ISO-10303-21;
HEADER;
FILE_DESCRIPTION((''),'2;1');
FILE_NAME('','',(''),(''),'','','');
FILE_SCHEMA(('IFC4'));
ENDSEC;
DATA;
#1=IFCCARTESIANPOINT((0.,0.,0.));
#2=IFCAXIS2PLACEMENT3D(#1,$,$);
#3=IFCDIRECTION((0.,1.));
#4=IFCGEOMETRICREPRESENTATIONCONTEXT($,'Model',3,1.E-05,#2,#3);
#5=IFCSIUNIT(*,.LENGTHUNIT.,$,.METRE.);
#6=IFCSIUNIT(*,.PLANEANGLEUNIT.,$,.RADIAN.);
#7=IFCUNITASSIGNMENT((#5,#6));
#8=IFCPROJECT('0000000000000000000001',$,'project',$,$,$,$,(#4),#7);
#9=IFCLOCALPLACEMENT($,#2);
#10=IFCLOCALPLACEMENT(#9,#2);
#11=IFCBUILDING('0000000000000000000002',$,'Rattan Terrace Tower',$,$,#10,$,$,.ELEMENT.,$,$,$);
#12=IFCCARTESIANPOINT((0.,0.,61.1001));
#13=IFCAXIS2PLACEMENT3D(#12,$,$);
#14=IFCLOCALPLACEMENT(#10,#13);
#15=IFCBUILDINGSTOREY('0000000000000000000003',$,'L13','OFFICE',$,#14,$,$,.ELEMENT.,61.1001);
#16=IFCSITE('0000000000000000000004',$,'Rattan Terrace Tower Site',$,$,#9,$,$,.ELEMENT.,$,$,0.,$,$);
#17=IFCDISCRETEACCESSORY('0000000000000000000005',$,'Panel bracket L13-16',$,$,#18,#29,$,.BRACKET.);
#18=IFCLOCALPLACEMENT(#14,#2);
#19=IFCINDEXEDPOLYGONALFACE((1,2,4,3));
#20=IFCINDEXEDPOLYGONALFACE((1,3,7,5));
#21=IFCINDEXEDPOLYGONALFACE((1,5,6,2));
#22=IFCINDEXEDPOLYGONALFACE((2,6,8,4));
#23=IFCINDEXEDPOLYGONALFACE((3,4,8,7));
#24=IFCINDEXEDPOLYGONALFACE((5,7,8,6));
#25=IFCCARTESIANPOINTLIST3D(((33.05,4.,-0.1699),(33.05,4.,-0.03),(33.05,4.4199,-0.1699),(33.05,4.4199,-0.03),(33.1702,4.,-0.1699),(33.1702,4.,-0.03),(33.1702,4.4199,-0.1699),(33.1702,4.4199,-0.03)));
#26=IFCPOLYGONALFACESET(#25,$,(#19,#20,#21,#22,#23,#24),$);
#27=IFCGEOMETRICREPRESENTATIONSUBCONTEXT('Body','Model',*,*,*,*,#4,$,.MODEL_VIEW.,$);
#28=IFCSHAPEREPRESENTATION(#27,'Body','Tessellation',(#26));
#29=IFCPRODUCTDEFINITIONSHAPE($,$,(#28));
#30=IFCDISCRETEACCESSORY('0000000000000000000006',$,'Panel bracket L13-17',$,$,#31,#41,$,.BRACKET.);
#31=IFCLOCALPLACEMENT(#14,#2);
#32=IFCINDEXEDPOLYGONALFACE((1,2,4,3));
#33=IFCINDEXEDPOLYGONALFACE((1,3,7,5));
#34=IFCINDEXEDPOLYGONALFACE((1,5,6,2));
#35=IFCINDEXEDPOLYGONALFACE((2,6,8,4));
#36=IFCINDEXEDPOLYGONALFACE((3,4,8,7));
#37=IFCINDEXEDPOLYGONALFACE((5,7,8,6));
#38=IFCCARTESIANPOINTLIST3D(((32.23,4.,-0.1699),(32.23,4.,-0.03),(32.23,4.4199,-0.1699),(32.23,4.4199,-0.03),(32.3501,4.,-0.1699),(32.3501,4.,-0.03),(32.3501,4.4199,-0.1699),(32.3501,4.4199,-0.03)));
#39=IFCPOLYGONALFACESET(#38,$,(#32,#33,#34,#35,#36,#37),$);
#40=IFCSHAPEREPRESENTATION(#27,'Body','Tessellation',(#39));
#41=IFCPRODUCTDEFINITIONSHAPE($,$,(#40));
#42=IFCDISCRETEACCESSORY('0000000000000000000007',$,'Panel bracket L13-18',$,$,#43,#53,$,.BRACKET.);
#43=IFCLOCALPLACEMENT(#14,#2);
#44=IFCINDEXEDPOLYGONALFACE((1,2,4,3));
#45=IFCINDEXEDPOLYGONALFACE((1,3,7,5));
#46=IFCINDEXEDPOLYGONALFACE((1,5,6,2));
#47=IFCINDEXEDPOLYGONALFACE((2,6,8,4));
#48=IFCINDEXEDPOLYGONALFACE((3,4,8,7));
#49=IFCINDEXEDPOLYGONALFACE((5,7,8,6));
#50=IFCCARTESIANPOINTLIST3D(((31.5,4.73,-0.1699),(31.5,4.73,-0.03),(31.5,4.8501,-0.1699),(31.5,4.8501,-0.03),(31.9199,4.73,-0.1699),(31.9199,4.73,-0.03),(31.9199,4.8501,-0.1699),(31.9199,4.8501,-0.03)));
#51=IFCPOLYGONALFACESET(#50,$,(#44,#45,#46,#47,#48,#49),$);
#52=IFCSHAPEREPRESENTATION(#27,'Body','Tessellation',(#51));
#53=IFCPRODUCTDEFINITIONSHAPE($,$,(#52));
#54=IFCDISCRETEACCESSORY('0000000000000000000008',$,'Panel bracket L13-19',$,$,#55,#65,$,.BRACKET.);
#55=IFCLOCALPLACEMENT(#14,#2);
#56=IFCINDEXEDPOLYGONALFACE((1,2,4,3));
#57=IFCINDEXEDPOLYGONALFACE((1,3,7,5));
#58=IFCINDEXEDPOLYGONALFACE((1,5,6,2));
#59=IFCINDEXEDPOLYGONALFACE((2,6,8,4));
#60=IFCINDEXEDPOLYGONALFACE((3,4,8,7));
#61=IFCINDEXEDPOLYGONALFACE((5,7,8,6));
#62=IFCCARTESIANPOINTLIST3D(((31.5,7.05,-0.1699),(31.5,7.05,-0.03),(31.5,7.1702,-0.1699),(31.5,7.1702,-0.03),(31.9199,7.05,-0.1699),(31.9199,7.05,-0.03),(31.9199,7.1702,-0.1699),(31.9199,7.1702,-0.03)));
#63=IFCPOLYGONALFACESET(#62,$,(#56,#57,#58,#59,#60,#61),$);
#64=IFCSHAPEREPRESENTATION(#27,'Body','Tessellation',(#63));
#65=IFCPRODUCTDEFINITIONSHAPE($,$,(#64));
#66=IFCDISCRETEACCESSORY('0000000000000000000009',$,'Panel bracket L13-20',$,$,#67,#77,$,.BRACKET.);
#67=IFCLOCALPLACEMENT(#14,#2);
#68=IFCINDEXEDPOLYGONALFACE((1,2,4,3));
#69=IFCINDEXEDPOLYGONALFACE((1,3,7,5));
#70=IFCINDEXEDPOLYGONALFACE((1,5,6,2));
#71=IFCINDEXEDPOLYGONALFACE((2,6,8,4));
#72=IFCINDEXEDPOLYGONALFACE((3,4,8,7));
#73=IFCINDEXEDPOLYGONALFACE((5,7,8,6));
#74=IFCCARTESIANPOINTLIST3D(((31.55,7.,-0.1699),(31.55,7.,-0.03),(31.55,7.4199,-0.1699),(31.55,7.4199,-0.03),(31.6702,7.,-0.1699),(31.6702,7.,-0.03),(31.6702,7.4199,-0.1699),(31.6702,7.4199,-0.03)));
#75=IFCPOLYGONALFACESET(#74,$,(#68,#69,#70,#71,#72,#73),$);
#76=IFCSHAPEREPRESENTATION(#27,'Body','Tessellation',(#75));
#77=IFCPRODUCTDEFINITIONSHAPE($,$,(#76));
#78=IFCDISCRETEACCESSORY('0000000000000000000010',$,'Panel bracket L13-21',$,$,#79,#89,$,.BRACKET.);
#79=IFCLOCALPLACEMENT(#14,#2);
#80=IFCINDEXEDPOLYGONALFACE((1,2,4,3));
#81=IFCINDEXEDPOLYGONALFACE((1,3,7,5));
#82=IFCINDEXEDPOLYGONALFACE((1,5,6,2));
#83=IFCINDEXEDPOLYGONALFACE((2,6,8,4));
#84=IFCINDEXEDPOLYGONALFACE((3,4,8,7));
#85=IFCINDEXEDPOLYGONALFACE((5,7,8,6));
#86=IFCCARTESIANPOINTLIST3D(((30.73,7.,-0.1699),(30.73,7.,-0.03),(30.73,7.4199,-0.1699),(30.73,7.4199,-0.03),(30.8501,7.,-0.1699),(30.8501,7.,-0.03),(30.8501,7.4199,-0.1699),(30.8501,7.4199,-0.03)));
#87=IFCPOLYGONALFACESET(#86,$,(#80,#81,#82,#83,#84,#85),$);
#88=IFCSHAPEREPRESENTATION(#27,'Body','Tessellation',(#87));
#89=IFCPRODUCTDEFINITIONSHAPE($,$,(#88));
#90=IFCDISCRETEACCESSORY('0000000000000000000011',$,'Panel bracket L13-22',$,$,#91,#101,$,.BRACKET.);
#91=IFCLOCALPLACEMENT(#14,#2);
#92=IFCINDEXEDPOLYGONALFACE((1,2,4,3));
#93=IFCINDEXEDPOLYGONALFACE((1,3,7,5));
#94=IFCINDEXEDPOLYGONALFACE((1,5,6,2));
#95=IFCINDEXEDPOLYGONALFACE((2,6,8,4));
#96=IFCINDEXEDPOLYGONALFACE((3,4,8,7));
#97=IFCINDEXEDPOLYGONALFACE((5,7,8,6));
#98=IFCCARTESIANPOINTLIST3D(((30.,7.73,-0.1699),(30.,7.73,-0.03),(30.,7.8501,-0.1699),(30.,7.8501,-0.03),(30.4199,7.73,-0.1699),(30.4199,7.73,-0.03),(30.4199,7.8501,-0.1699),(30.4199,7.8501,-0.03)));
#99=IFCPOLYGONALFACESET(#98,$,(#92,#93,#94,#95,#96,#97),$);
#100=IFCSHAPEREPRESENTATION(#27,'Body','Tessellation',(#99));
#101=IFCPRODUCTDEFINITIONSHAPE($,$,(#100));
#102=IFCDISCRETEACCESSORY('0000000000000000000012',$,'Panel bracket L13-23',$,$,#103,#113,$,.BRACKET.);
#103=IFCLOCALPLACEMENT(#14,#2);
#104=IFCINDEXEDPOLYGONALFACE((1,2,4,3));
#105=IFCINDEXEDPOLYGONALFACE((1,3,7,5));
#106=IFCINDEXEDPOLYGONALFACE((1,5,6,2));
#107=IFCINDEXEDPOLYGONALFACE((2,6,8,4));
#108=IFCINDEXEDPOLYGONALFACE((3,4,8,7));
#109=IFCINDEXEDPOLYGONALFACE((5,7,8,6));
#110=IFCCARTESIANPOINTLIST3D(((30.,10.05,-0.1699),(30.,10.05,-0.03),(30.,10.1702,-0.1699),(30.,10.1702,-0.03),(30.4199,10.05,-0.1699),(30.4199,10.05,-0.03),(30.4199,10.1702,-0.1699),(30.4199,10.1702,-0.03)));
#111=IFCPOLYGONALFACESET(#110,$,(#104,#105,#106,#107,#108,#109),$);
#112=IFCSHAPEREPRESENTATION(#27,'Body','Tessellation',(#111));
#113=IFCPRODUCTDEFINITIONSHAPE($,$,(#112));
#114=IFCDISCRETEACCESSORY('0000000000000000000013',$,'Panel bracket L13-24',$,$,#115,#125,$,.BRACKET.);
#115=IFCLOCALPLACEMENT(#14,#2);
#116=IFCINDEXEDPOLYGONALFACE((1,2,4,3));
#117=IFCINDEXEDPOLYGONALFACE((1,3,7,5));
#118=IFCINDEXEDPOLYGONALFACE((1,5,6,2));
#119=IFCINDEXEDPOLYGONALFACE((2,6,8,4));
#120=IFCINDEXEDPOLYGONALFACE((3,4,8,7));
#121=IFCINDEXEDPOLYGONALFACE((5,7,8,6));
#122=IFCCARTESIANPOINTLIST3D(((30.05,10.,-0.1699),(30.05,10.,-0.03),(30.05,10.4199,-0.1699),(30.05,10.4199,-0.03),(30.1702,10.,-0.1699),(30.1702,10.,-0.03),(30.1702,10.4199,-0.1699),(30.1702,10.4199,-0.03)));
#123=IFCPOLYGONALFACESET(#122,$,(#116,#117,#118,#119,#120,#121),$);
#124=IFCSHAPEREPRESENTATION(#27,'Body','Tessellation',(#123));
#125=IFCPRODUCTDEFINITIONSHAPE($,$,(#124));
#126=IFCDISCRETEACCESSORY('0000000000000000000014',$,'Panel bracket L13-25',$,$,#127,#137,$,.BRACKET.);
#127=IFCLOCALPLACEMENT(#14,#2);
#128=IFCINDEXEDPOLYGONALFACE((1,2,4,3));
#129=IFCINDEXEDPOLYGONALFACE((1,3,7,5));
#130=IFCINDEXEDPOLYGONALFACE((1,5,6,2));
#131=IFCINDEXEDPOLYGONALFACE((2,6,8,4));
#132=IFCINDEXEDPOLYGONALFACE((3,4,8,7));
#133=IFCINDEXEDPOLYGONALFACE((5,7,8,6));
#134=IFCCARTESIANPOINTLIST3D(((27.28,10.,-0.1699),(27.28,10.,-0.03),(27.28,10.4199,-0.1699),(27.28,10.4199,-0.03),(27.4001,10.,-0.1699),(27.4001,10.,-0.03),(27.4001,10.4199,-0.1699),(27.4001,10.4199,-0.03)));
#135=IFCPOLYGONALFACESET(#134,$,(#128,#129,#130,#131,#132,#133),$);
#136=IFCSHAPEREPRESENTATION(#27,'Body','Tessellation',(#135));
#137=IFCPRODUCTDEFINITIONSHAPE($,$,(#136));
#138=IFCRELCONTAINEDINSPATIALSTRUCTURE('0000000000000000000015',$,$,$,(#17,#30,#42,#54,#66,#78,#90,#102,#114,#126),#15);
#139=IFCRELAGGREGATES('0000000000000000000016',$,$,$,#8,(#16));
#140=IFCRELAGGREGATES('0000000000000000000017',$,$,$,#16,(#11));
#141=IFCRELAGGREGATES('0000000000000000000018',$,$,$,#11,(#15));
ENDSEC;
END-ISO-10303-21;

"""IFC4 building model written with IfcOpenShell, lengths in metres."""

from ifc_helpers import new_model, si_unit, direction, frame, origin, origin_2d, place, context, subcontext, project, spatial, rectangle, extrude, element, save


model = new_model("IFC4")

# Units and contexts
model_context = context("Model", 3, precision=1e-05, world=origin(), true_north=direction((0.0, 1.0)))
body_context = subcontext(model_context, "Body", "Model", "MODEL_VIEW")
ifc_project = project(units=[si_unit("LENGTHUNIT", "METRE"), si_unit("PLANEANGLEUNIT", "RADIAN")], contexts=[model_context])

# Site, building, storey
site_placement = place(None, origin())
site = spatial("IfcSite", under=ifc_project, at=site_placement, Name="Rattan Terrace Tower Site", CompositionType="ELEMENT", RefElevation=0.0)
building_placement = place(site_placement, origin())
building = spatial("IfcBuilding", under=site, at=building_placement, Name="Rattan Terrace Tower", CompositionType="ELEMENT")
storey_placement = place(building_placement, frame((0.0, 0.0, 61.1001)))
storey = spatial("IfcBuildingStorey", under=building, at=storey_placement, Name="L13", Description="OFFICE", CompositionType="ELEMENT", Elevation=61.1001)

# Discrete accessories
for number, where, z_axis, x_axis, name in (
    (1, (33.1101, 4.21, -0.1699), (0.0, 0.0, 1.0), (-1.0, 0.0, 0.0), "Panel bracket L13-16"),
    (2, (32.29, 4.21, -0.1699), (0.0, 0.0, 1.0), (-1.0, 0.0, 0.0), "Panel bracket L13-17"),
    (3, (31.71, 4.79, -0.1699), (0.0, 0.0, 1.0), (0.0, 1.0, 0.0), "Panel bracket L13-18"),
    (4, (31.71, 7.1101, -0.1699), (0.0, 0.0, 1.0), (0.0, 1.0, 0.0), "Panel bracket L13-19"),
    (5, (31.6101, 7.21, -0.1699), (0.0, 0.0, 1.0), (-1.0, 0.0, 0.0), "Panel bracket L13-20"),
    (6, (30.79, 7.21, -0.1699), (0.0, 0.0, 1.0), (-1.0, 0.0, 0.0), "Panel bracket L13-21"),
    (7, (30.21, 7.79, -0.1699), (0.0, 0.0, 1.0), (0.0, 1.0, 0.0), "Panel bracket L13-22"),
    (8, (30.21, 10.1101, -0.1699), (0.0, 0.0, 1.0), (0.0, 1.0, 0.0), "Panel bracket L13-23"),
    (9, (30.1101, 10.21, -0.1699), (0.0, 0.0, 1.0), (-1.0, 0.0, 0.0), "Panel bracket L13-24"),
    (10, (27.3401, 10.21, -0.1699), (0.0, 0.0, 1.0), (-1.0, 0.0, 0.0), "Panel bracket L13-25"),
):
    element("IfcDiscreteAccessory", number, at=place(storey_placement, frame(where, z_axis=z_axis, x_axis=x_axis)), inside=storey, Name=name, PredefinedType="BRACKET", context=body_context, shape_type="SweptSolid", body=[
        extrude(rectangle(XDim=0.1201, YDim=0.4199, at=origin_2d()), origin(), (0.0, 0.0, 1.0), 0.1399),
    ])

save(model, "model.ifc")
